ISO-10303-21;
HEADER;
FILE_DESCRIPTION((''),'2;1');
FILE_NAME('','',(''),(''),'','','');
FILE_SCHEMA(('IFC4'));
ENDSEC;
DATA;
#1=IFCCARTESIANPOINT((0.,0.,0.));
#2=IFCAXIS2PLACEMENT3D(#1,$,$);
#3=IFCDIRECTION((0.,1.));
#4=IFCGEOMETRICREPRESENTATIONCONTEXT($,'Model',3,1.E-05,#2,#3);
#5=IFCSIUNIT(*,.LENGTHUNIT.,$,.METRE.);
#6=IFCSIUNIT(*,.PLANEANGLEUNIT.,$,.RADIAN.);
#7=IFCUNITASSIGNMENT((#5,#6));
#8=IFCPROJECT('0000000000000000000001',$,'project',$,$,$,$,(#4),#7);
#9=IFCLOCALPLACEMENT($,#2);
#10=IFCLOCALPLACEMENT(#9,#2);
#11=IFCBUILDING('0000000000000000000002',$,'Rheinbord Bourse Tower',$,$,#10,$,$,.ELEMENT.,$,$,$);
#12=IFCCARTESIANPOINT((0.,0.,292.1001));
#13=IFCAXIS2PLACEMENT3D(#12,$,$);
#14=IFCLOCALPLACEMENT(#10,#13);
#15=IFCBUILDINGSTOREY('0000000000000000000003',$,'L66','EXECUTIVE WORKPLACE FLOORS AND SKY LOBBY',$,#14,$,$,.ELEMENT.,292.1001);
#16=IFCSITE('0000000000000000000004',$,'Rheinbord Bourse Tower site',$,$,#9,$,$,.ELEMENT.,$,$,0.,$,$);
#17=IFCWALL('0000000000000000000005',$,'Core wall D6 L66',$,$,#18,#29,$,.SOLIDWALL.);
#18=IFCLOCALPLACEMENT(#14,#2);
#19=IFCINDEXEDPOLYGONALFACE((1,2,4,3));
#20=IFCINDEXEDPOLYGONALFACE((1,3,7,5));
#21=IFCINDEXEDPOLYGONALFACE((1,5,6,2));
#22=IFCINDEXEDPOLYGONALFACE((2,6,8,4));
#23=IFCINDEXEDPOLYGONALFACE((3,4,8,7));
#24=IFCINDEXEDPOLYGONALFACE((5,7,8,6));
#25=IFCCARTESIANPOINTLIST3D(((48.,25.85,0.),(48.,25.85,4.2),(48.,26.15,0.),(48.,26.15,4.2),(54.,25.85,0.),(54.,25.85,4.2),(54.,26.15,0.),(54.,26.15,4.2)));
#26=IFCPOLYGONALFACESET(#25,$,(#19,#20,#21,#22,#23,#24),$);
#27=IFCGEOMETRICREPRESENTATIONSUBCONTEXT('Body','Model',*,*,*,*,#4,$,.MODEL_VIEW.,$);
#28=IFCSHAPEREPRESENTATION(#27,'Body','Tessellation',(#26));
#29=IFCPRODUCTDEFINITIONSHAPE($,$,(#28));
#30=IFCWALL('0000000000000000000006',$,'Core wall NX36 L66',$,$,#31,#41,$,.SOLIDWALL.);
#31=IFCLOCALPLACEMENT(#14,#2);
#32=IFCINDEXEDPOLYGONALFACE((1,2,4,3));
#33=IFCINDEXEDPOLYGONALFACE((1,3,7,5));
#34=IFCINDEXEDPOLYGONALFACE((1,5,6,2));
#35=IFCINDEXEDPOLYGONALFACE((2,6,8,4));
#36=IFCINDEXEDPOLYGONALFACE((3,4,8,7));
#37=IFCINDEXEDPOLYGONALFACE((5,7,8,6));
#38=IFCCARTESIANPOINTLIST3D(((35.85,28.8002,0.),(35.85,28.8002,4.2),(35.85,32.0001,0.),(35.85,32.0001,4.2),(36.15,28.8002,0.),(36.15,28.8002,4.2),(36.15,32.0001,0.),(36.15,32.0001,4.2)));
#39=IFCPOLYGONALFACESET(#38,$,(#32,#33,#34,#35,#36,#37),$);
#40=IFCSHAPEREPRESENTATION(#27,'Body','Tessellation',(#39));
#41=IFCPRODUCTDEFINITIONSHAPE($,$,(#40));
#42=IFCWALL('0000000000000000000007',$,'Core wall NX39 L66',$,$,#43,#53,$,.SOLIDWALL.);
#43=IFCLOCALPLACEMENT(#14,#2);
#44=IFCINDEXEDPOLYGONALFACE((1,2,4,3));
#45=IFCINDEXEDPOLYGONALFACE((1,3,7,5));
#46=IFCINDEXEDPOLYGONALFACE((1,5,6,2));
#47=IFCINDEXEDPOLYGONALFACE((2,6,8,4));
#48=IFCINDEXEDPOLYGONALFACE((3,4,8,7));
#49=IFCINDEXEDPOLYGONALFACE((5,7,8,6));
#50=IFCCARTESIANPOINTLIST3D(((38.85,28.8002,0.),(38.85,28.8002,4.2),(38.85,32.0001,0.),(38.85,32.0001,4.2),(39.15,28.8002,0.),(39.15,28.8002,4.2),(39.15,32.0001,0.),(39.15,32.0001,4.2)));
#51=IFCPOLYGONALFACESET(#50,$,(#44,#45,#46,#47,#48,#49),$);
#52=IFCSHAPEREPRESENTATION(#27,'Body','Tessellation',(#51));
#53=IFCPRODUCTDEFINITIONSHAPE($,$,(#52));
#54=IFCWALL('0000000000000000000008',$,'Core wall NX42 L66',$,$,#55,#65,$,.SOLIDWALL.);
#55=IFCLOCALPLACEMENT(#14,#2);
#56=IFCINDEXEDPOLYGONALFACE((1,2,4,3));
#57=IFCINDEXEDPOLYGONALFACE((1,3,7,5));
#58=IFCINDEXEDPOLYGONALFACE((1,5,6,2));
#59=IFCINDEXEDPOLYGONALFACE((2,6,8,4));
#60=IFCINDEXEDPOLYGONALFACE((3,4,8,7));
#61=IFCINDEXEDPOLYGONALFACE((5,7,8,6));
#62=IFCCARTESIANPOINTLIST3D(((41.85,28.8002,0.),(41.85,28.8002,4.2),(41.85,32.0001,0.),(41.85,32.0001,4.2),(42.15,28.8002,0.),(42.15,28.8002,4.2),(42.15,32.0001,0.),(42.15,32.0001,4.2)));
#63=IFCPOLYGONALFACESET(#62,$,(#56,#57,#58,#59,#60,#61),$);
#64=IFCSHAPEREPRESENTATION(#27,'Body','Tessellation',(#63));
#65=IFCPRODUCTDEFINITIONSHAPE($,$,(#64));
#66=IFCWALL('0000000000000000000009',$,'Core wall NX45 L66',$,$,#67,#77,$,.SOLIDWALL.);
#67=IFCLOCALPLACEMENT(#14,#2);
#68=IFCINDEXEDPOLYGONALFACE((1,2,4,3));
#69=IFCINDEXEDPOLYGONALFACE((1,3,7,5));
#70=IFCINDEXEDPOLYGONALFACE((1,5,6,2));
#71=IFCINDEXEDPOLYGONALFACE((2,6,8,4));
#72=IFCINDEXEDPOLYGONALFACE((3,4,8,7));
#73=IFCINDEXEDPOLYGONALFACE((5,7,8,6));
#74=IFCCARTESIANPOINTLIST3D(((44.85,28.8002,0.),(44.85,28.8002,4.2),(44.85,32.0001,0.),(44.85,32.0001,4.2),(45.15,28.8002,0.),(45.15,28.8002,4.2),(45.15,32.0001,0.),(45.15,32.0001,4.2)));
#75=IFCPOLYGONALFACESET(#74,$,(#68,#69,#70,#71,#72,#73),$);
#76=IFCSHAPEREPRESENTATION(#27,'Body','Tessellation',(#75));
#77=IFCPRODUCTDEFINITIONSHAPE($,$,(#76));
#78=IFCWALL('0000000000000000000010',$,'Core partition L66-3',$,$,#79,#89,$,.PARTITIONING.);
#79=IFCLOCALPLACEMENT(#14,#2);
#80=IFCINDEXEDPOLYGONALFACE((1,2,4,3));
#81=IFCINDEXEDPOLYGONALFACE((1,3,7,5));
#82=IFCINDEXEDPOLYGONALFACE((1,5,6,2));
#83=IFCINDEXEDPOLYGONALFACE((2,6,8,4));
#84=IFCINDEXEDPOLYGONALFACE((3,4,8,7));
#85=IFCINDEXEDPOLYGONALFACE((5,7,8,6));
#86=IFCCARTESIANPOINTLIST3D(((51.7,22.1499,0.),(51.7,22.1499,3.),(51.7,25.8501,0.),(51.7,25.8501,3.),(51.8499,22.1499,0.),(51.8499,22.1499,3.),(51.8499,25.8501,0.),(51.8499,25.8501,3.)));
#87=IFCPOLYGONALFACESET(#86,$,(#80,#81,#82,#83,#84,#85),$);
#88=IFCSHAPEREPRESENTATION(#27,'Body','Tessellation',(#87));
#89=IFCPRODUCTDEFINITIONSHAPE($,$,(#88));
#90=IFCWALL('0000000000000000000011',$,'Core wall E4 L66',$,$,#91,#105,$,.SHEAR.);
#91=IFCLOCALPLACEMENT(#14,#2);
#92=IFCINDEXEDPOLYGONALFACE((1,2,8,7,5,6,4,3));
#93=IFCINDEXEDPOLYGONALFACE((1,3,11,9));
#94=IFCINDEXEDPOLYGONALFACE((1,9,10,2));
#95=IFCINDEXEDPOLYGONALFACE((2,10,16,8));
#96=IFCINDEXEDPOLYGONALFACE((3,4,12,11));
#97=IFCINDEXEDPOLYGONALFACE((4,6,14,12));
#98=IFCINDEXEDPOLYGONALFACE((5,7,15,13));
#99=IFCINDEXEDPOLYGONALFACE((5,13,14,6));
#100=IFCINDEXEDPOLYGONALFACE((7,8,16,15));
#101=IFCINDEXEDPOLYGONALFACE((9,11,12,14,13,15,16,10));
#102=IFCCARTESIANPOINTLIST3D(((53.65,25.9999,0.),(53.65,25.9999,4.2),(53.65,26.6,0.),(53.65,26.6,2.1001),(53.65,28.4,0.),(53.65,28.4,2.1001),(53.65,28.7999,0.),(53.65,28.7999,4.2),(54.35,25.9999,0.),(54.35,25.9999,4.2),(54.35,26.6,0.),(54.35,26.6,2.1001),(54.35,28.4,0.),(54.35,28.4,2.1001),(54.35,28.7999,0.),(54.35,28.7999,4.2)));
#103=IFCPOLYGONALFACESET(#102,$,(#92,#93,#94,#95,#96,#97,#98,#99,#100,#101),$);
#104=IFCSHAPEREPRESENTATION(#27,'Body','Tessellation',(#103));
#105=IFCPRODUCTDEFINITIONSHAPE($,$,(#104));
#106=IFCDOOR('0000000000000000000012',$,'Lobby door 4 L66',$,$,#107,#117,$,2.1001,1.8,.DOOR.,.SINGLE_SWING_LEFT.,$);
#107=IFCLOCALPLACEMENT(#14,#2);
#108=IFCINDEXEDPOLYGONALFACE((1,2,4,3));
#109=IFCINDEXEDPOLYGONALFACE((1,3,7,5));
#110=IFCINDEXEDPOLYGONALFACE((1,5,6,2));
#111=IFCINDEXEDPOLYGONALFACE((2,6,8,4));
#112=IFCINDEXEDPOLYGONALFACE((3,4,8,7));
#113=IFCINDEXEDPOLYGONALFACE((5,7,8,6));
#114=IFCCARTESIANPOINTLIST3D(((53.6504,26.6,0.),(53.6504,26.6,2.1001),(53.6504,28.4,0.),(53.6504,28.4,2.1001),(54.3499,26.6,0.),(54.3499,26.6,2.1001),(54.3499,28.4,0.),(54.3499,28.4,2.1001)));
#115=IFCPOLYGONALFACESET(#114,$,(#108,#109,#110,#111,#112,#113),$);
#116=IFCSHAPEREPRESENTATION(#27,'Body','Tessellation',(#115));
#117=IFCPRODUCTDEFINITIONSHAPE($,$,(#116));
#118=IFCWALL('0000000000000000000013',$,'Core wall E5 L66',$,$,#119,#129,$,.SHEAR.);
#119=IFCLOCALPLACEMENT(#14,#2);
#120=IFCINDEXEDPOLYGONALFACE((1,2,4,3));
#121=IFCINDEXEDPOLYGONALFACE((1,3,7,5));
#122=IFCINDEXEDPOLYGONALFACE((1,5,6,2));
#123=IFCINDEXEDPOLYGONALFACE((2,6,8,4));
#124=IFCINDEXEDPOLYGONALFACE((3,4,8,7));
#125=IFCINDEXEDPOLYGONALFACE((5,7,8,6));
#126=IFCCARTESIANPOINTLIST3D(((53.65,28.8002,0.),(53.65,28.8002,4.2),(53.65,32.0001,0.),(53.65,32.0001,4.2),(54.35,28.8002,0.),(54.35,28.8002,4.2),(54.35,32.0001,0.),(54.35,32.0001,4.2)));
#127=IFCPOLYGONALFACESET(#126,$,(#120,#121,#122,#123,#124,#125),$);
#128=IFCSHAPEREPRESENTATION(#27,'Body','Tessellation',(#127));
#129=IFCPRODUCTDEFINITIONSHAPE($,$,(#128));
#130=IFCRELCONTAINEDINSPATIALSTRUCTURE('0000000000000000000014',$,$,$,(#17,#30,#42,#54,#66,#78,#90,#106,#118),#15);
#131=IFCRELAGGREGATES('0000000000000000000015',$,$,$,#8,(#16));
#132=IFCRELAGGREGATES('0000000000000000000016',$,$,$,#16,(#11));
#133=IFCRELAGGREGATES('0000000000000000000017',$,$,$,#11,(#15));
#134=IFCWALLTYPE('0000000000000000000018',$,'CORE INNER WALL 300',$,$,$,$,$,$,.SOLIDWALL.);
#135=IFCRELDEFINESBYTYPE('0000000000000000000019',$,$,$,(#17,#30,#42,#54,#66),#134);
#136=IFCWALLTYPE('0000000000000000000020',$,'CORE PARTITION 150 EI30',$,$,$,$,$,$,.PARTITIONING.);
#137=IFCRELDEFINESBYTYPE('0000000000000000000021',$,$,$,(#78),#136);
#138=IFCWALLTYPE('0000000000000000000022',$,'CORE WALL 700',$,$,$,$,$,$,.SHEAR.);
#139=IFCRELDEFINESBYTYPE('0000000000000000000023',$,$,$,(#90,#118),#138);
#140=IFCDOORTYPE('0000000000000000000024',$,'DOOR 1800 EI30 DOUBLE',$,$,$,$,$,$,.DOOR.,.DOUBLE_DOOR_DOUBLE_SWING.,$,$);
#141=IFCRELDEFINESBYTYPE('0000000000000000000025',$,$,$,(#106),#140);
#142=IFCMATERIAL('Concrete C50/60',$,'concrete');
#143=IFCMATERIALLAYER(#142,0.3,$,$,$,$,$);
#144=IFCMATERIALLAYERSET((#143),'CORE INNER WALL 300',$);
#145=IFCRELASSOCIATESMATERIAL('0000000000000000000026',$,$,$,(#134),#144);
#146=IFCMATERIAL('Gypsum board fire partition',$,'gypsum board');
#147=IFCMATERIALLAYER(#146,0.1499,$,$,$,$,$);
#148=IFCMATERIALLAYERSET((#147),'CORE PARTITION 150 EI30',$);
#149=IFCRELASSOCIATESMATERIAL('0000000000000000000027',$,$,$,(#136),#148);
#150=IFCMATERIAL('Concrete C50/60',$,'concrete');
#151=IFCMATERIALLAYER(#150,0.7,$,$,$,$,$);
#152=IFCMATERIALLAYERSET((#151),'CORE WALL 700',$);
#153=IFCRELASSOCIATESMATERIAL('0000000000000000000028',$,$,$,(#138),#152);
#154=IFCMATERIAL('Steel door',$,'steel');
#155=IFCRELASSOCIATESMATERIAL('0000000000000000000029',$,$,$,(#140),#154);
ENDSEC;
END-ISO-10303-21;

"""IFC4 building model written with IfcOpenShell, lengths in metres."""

from ifc_helpers import new_model, si_unit, direction, frame, frame_2d, origin, place, context, subcontext, project, spatial, rectangle, extrude, material, layer, layer_set, type_object, element, fill, save


model = new_model("IFC4")

# Units and contexts
model_context = context("Model", 3, precision=1e-05, world=origin(), true_north=direction((0.0, 1.0)))
body_context = subcontext(model_context, "Body", "Model", "MODEL_VIEW")
ifc_project = project(units=[si_unit("LENGTHUNIT", "METRE"), si_unit("PLANEANGLEUNIT", "RADIAN")], contexts=[model_context])

# Site, building, storey
site_placement = place(None, origin())
site = spatial("IfcSite", under=ifc_project, at=site_placement, Name="Rheinbord Bourse Tower site", CompositionType="ELEMENT", RefElevation=0.0)
building_placement = place(site_placement, origin())
building = spatial("IfcBuilding", under=site, at=building_placement, Name="Rheinbord Bourse Tower", CompositionType="ELEMENT")
storey_placement = place(building_placement, frame((0.0, 0.0, 292.1001)))
storey = spatial("IfcBuildingStorey", under=building, at=storey_placement, Name="L66", Description="EXECUTIVE WORKPLACE FLOORS AND SKY LOBBY", CompositionType="ELEMENT", Elevation=292.1001)

# Shared definitions
ifc_material_1 = material(Name="Concrete C50/60", Category="concrete")
ifc_layer_1 = layer(ifc_material_1, 0.3)
ifc_layer_set_1 = layer_set([ifc_layer_1], Name="CORE INNER WALL 300")
wall_type_1 = type_object("IfcWallType", Name="CORE INNER WALL 300", PredefinedType="SOLIDWALL", material=ifc_layer_set_1)

# Walls
wall_1_placement = place(storey_placement, frame((48.0, 26.0, 0.0), z_axis=(0.0, 0.0, 1.0), x_axis=(1.0, 0.0, 0.0)))
element("IfcWall", 1, at=wall_1_placement, inside=storey, type_object=wall_type_1, Name="Core wall D6 L66", PredefinedType="SOLIDWALL", context=body_context, shape_type="SweptSolid", body=[
    extrude(rectangle(XDim=6.0, YDim=0.3, at=frame_2d((3.0, 0.0))), origin(), (0.0, 0.0, 1.0), 4.2),
])
for number, where, z_axis, x_axis, name in (
    (2, (36.0, 28.8, 0.0), (0.0, 0.0, 1.0), (0.0, 1.0, 0.0), "Core wall NX36 L66"),
    (3, (39.0, 28.8, 0.0), (0.0, 0.0, 1.0), (0.0, 1.0, 0.0), "Core wall NX39 L66"),
    (4, (42.0, 28.8, 0.0), (0.0, 0.0, 1.0), (0.0, 1.0, 0.0), "Core wall NX42 L66"),
    (5, (45.0, 28.8, 0.0), (0.0, 0.0, 1.0), (0.0, 1.0, 0.0), "Core wall NX45 L66"),
):
    element("IfcWall", number, at=place(storey_placement, frame(where, z_axis=z_axis, x_axis=x_axis)), inside=storey, type_object=wall_type_1, Name=name, PredefinedType="SOLIDWALL", context=body_context, shape_type="SweptSolid", body=[
        extrude(rectangle(XDim=3.2, YDim=0.3, at=frame_2d((1.6001, 0.0))), origin(), (0.0, 0.0, 1.0), 4.2),
    ])
ifc_material_2 = material(Name="Gypsum board fire partition", Category="gypsum board")
ifc_layer_2 = layer(ifc_material_2, 0.1499)
ifc_layer_set_2 = layer_set([ifc_layer_2], Name="CORE PARTITION 150 EI30")
wall_type_2 = type_object("IfcWallType", Name="CORE PARTITION 150 EI30", PredefinedType="PARTITIONING", material=ifc_layer_set_2)
wall_2_placement = place(storey_placement, frame((51.7749, 22.1499, 0.0), z_axis=(0.0, 0.0, 1.0), x_axis=(0.0, 1.0, 0.0)))
element("IfcWall", 6, at=wall_2_placement, inside=storey, type_object=wall_type_2, Name="Core partition L66-3", PredefinedType="PARTITIONING", context=body_context, shape_type="SweptSolid", body=[
    extrude(rectangle(XDim=3.7002, YDim=0.1499, at=frame_2d((1.8501, 0.0))), origin(), (0.0, 0.0, 1.0), 3.0),
])

# Wall, opening, door
ifc_material_3 = material(Name="Concrete C50/60", Category="concrete")
ifc_layer_3 = layer(ifc_material_3, 0.7)
ifc_layer_set_3 = layer_set([ifc_layer_3], Name="CORE WALL 700")
wall_type_3 = type_object("IfcWallType", Name="CORE WALL 700", PredefinedType="SHEAR", material=ifc_layer_set_3)
wall_3_placement = place(storey_placement, frame((54.0, 26.0, 0.0), z_axis=(0.0, 0.0, 1.0), x_axis=(0.0, 1.0, 0.0)))
wall_3 = element("IfcWall", 7, at=wall_3_placement, inside=storey, type_object=wall_type_3, Name="Core wall E4 L66", PredefinedType="SHEAR", context=body_context, shape_type="SweptSolid", body=[
    extrude(rectangle(XDim=2.8, YDim=0.7, at=frame_2d((1.3999, 0.0))), origin(), (0.0, 0.0, 1.0), 4.2),
])
opening_1_placement = place(wall_3_placement, frame((0.6001, 0.0, 0.0)))
opening_1 = element("IfcOpeningElement", 8, at=opening_1_placement, cuts=wall_3, PredefinedType="OPENING", context=body_context, shape_type="SweptSolid", body=[
    extrude(rectangle(XDim=1.8, YDim=2.1001, at=frame_2d((0.8999, 1.05))), frame((0.0, 0.3599, 0.0), z_axis=(0.0, -1.0, 0.0), x_axis=(1.0, 0.0, 0.0)), (0.0, 0.0, 1.0), 0.72),
])
ifc_material_4 = material(Name="Steel door", Category="steel")
door_type_1 = type_object("IfcDoorType", Name="DOOR 1800 EI30 DOUBLE", OperationType="DOUBLE_DOOR_DOUBLE_SWING", PredefinedType="DOOR", material=ifc_material_4)
door_1_placement = place(opening_1_placement, origin())
door_1 = element("IfcDoor", 9, at=door_1_placement, inside=storey, type_object=door_type_1, Name="Lobby door 4 L66", OperationType="SINGLE_SWING_LEFT", OverallHeight=2.1001, OverallWidth=1.8, PredefinedType="DOOR", context=body_context, shape_type="SweptSolid", body=[
    extrude(rectangle(XDim=1.8, YDim=2.1001, at=frame_2d((0.8999, 1.05))), frame((0.0, 0.3496, 0.0), z_axis=(0.0, -1.0, 0.0), x_axis=(1.0, 0.0, 0.0)), (0.0, 0.0, 1.0), 0.6995),
])
fill(opening_1, door_1)

# Wall
wall_4_placement = place(storey_placement, frame((54.0, 28.8, 0.0), z_axis=(0.0, 0.0, 1.0), x_axis=(0.0, 1.0, 0.0)))
element("IfcWall", 10, at=wall_4_placement, inside=storey, type_object=wall_type_3, Name="Core wall E5 L66", PredefinedType="SHEAR", context=body_context, shape_type="SweptSolid", body=[
    extrude(rectangle(XDim=3.2, YDim=0.7, at=frame_2d((1.6001, 0.0))), origin(), (0.0, 0.0, 1.0), 4.2),
])

save(model, "model.ifc")
